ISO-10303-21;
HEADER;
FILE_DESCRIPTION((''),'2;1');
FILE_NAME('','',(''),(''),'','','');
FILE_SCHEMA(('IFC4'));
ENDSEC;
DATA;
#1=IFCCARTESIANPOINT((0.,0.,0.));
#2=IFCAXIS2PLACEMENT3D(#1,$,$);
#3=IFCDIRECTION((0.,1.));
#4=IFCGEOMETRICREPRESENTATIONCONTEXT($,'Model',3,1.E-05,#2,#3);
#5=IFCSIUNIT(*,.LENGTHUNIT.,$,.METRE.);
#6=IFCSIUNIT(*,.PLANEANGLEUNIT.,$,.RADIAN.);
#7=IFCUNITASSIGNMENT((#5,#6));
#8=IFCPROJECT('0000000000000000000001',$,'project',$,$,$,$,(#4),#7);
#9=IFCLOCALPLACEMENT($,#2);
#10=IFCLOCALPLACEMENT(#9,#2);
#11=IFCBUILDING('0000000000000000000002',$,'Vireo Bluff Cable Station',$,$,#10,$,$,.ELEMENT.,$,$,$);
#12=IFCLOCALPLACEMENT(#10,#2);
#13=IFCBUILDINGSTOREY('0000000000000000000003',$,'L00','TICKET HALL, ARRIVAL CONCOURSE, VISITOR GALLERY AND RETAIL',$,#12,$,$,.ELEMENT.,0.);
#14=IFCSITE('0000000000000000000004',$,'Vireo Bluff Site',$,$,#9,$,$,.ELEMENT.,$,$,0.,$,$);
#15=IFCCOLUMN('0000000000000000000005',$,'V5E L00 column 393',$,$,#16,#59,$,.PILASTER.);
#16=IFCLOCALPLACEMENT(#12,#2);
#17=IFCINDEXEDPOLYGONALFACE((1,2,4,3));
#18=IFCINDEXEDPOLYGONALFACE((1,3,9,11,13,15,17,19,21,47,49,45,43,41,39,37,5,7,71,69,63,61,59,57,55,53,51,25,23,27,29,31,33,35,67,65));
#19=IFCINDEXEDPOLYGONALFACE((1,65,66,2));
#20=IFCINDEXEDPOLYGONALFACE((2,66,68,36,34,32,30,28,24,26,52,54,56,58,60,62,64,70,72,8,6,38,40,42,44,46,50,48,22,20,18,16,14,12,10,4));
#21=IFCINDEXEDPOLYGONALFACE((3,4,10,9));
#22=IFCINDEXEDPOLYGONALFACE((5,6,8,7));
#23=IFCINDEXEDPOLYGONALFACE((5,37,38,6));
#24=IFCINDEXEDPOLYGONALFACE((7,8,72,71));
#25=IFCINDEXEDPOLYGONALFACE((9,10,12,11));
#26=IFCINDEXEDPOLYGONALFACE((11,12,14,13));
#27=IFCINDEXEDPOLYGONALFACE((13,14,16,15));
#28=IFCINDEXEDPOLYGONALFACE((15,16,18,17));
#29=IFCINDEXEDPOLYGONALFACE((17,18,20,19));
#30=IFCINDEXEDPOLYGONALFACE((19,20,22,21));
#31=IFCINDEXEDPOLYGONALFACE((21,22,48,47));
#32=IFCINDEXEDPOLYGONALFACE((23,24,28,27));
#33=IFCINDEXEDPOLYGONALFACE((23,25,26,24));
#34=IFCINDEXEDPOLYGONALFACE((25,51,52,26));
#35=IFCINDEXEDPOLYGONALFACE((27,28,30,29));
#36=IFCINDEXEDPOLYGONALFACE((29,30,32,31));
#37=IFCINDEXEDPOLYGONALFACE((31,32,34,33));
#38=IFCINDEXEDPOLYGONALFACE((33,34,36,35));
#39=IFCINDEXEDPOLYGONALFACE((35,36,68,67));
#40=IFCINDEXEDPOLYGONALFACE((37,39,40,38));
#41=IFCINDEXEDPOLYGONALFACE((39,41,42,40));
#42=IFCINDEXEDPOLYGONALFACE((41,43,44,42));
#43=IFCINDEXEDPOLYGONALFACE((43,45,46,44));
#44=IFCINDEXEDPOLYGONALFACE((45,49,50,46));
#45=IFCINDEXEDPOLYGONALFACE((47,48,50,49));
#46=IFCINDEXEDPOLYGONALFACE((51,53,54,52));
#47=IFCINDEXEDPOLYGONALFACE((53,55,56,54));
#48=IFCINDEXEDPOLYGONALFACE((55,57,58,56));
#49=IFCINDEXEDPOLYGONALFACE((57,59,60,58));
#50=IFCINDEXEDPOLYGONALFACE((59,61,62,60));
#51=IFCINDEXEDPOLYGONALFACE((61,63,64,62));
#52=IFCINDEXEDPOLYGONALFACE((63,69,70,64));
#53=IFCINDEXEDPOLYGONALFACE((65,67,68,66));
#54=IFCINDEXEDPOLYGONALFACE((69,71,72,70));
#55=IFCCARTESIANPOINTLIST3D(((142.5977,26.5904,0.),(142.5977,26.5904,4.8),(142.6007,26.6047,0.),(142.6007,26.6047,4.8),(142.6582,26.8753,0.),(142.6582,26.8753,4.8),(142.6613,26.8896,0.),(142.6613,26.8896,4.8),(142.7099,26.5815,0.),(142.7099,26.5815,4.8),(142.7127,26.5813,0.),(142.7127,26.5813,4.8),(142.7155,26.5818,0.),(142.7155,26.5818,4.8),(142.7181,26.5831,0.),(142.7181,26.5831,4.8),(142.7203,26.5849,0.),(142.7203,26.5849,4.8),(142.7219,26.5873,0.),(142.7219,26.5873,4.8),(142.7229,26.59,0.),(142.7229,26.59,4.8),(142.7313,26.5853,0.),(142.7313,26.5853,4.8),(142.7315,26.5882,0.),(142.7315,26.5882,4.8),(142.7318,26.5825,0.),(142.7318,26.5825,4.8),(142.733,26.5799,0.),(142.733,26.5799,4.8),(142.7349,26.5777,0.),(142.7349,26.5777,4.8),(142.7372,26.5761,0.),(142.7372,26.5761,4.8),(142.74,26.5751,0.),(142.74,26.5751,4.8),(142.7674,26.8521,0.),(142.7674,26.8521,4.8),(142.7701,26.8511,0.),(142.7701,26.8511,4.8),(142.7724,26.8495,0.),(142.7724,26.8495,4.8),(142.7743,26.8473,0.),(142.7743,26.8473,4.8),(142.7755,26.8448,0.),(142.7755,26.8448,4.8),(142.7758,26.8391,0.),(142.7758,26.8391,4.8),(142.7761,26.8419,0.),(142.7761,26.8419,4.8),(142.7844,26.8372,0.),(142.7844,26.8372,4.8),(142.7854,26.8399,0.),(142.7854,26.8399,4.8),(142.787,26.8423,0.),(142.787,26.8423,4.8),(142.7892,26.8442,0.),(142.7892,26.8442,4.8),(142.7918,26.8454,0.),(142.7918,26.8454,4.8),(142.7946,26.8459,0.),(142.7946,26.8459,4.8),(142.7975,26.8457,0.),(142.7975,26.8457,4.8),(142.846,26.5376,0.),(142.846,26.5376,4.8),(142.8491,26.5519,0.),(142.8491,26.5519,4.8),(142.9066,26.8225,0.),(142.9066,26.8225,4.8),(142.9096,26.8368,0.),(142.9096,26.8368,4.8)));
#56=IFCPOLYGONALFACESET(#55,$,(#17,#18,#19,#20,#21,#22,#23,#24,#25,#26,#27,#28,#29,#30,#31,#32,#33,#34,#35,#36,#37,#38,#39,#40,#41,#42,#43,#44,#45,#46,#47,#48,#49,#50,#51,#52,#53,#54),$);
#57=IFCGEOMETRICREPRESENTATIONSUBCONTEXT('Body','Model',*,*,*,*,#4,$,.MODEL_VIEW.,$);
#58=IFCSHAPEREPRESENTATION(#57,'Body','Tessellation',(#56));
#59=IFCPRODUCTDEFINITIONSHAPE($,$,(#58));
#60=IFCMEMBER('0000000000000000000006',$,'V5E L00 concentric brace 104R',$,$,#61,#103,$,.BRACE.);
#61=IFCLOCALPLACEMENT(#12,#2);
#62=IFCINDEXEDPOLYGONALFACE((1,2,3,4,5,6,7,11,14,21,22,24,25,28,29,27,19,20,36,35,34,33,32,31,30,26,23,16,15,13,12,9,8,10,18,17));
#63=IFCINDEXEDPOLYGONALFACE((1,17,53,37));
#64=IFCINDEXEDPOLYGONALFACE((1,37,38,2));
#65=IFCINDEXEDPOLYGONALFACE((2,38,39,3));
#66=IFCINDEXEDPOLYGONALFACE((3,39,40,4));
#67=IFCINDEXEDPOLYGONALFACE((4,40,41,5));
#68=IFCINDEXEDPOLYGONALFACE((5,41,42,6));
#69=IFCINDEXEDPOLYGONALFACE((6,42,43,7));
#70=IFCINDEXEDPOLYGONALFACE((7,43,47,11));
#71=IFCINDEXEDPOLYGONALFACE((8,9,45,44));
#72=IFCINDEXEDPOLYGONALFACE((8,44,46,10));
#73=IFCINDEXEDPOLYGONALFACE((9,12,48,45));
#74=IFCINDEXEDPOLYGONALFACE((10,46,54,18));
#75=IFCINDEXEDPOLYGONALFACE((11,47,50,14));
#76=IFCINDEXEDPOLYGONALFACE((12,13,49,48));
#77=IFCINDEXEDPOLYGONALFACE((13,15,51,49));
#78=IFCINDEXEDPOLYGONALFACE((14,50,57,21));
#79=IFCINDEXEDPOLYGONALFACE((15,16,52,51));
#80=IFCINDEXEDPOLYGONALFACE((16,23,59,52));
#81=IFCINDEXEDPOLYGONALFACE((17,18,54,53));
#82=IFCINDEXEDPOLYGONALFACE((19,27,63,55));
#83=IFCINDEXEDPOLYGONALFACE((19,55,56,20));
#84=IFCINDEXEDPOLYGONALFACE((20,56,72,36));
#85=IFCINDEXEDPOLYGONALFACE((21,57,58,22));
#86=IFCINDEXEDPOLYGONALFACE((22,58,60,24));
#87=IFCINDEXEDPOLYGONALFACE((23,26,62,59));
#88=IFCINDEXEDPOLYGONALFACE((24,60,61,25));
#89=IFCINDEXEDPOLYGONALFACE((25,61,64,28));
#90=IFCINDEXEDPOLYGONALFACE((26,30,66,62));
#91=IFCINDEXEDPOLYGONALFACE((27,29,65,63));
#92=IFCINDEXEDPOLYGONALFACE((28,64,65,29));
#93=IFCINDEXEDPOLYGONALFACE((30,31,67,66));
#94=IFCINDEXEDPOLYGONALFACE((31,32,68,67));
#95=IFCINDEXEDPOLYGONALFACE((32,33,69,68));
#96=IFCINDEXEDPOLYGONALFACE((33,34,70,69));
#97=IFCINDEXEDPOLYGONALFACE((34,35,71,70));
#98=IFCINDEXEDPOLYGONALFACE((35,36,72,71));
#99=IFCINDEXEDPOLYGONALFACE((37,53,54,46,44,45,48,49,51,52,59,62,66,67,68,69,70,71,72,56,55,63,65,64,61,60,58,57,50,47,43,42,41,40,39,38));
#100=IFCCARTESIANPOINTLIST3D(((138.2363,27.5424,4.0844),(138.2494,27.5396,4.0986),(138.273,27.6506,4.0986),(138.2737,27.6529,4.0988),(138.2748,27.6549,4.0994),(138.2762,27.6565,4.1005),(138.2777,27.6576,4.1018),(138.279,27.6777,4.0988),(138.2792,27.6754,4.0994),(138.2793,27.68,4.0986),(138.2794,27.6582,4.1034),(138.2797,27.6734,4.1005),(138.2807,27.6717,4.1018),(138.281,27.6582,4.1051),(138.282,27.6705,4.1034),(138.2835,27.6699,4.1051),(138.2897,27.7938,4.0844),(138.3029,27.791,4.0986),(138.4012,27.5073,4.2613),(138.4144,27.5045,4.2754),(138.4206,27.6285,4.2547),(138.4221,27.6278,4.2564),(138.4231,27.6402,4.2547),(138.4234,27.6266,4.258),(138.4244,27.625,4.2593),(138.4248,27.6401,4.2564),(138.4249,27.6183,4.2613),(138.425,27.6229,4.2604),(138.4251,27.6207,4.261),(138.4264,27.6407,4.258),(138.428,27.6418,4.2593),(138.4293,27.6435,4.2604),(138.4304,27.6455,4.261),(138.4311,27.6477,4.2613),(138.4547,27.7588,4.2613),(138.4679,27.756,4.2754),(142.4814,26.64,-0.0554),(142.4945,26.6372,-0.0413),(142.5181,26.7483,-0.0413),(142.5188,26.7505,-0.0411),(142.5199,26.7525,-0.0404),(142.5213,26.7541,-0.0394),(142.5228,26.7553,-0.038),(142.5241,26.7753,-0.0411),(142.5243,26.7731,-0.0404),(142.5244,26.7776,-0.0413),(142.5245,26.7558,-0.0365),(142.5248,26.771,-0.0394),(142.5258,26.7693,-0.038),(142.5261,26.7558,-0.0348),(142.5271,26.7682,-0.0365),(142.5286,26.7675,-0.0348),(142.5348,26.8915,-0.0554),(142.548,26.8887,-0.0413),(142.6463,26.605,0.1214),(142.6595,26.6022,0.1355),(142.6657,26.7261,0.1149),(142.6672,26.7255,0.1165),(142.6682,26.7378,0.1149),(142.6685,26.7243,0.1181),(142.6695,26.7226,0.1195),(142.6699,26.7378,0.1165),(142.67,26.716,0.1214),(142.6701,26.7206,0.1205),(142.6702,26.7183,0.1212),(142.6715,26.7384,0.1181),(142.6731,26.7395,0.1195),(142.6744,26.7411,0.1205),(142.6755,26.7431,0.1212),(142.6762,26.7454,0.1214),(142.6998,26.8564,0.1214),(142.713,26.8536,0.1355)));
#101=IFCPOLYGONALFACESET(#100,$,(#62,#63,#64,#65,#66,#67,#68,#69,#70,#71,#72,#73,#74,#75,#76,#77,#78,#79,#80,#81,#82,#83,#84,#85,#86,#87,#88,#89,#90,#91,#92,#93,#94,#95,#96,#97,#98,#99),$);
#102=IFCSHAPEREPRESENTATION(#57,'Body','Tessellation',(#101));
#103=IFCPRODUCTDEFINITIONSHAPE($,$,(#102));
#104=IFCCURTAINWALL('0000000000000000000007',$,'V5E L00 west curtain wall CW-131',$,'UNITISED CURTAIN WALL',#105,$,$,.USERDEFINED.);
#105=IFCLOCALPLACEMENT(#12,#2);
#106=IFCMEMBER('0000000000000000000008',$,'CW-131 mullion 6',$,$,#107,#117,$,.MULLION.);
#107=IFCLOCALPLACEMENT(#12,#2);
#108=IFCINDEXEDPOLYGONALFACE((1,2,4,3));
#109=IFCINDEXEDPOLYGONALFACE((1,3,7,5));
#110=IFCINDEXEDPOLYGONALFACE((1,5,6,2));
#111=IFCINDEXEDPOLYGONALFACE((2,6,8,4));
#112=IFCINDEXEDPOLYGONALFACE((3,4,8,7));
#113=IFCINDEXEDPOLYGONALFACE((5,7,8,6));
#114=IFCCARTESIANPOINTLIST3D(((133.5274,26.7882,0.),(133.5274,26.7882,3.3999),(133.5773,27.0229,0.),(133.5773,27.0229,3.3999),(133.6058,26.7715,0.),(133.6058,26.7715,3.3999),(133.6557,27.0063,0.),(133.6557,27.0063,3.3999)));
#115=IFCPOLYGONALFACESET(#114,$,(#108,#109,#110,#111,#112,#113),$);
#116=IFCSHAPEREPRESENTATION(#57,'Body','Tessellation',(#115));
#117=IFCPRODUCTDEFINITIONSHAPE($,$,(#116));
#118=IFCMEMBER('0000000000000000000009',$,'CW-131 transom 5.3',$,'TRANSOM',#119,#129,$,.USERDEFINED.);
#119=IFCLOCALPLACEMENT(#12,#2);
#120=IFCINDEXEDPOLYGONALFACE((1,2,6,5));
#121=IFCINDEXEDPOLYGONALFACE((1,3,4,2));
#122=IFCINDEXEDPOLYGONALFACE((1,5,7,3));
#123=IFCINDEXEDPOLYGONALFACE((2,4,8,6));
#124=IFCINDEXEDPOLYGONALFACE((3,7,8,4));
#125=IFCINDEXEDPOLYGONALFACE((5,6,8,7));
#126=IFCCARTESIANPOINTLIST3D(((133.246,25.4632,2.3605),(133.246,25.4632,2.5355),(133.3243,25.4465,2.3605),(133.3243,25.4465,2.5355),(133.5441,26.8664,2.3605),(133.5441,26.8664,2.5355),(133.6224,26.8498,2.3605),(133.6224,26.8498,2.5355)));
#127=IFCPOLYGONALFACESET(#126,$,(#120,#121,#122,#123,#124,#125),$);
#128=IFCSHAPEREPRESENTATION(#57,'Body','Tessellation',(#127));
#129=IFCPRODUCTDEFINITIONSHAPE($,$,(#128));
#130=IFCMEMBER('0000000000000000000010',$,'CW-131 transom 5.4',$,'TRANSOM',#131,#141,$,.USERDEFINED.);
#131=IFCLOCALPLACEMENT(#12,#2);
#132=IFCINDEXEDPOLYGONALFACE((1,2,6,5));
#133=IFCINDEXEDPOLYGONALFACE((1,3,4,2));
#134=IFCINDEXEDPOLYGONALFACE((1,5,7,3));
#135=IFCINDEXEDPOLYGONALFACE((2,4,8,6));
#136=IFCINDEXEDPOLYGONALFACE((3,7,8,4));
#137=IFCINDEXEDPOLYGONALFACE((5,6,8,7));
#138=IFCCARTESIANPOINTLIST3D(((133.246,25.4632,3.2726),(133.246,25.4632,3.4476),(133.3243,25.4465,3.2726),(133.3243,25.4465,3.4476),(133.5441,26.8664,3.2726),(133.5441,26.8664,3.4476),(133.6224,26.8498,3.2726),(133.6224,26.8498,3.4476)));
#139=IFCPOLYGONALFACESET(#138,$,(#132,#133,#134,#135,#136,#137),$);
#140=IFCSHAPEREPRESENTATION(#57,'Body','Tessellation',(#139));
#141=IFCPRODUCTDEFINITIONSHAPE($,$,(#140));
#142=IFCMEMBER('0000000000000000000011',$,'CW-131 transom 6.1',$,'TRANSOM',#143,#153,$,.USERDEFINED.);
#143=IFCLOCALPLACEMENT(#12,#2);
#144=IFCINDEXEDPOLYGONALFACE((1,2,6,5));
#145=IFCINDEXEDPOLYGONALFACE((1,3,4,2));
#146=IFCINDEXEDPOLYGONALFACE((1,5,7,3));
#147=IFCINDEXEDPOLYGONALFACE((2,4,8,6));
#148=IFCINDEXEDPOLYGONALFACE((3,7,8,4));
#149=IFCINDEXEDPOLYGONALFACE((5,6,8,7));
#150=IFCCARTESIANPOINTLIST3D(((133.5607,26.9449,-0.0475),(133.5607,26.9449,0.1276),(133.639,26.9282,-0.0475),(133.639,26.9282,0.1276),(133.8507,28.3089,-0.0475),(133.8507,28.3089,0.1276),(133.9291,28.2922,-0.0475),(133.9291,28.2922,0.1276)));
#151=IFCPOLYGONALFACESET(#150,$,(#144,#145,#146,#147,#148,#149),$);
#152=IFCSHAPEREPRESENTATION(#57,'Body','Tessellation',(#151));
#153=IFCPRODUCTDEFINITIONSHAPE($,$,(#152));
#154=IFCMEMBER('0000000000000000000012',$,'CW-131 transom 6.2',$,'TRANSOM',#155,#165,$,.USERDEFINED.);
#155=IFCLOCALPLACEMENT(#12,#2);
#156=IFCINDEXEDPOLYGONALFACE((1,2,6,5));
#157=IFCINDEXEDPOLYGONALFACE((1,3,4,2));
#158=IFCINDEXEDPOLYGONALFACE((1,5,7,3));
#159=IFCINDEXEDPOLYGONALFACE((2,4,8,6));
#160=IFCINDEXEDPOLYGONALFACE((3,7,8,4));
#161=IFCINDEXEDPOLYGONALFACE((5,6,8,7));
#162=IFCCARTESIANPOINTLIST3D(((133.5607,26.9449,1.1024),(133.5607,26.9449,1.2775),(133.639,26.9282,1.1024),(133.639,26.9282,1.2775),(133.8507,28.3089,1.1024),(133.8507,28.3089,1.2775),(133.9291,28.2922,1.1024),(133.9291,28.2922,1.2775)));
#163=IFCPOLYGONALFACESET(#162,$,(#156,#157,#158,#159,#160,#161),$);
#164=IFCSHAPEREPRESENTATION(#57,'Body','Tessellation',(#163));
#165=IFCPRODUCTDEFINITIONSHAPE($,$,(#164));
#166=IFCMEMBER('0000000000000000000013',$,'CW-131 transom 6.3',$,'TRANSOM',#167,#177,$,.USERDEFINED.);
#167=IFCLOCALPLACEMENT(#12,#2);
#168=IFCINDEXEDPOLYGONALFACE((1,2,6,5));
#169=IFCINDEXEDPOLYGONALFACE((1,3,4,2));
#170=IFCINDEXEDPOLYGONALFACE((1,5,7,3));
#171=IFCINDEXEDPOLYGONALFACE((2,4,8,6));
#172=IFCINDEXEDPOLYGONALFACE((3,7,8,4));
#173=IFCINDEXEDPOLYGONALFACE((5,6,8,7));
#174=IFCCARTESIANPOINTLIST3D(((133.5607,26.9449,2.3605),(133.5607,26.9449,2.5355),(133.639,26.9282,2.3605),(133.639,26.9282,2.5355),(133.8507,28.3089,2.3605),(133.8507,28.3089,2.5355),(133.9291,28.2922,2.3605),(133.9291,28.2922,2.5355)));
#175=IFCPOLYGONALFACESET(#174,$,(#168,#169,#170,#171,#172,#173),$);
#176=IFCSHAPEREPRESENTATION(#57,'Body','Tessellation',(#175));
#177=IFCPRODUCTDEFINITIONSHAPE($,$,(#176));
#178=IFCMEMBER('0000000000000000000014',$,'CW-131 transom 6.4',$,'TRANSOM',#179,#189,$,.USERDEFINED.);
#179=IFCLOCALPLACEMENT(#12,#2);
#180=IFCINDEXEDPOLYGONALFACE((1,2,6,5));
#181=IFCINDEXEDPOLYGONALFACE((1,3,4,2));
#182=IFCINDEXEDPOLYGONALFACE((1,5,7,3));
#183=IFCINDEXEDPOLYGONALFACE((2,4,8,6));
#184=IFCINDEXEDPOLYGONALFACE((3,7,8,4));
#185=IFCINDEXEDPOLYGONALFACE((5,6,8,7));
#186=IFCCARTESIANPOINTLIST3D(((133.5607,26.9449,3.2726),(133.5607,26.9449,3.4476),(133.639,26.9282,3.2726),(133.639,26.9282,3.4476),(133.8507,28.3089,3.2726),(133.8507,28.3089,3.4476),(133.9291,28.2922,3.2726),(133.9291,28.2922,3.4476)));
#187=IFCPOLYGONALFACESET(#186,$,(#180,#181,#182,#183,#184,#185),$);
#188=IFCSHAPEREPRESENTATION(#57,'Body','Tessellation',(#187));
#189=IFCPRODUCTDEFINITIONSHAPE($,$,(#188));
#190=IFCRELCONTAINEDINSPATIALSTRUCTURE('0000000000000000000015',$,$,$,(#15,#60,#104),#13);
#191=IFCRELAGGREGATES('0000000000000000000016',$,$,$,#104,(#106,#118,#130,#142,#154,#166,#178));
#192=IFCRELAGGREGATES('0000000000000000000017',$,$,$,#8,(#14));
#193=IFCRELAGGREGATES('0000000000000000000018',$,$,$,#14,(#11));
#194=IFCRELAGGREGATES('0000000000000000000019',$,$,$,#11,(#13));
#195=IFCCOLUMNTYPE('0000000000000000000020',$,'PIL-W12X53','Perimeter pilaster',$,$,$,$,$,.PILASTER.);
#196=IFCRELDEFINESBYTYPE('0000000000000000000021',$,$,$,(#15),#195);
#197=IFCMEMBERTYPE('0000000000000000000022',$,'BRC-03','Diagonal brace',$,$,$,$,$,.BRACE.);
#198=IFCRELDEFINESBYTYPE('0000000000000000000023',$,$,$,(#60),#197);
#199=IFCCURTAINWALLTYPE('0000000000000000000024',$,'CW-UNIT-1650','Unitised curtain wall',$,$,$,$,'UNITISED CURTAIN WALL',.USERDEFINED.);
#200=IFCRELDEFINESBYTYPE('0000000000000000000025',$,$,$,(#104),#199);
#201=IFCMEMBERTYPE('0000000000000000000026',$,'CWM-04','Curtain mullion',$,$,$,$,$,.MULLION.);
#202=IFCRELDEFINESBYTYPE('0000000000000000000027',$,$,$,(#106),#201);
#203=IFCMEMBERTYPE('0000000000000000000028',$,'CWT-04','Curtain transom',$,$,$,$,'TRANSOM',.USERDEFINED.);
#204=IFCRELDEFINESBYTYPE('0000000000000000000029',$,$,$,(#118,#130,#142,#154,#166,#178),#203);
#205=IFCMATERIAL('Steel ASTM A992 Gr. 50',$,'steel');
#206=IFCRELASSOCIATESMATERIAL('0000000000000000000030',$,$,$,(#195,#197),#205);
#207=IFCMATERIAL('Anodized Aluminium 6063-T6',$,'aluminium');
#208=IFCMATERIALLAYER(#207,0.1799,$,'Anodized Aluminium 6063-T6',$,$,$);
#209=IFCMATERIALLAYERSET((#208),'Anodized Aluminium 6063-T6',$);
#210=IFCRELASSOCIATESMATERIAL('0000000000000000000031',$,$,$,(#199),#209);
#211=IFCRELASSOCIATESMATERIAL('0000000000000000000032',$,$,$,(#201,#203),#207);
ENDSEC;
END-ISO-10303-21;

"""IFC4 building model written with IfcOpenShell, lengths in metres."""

from ifc_helpers import new_model, si_unit, direction, frame, origin, origin_2d, place, context, subcontext, project, spatial, rectangle, i_section, extrude, material, layer, layer_set, material_profile, profile_set, type_object, element, aggregate, save


model = new_model("IFC4")

# Units and contexts
model_context = context("Model", 3, precision=1e-05, world=origin(), true_north=direction((0.0, 1.0)))
body_context = subcontext(model_context, "Body", "Model", "MODEL_VIEW")
ifc_project = project(units=[si_unit("LENGTHUNIT", "METRE"), si_unit("PLANEANGLEUNIT", "RADIAN")], contexts=[model_context])

# Site, building, storey
site_placement = place(None, origin())
site = spatial("IfcSite", under=ifc_project, at=site_placement, Name="Vireo Bluff Site", CompositionType="ELEMENT", RefElevation=0.0)
building_placement = place(site_placement, origin())
building = spatial("IfcBuilding", under=site, at=building_placement, Name="Vireo Bluff Cable Station", CompositionType="ELEMENT")
storey_placement = place(building_placement, origin())
storey = spatial("IfcBuildingStorey", under=building, at=storey_placement, Name="L00", Description="TICKET HALL, ARRIVAL CONCOURSE, VISITOR GALLERY AND RETAIL", CompositionType="ELEMENT", Elevation=0.0)

# Column
ifc_material_1 = material(Name="Steel ASTM A992 Gr. 50", Category="steel")
ifc_material_profile_1 = material_profile(ifc_material_1, i_section(OverallWidth=0.2539, OverallDepth=0.3059, WebThickness=0.0088, FlangeThickness=0.0146, FilletRadius=0.011, at=origin_2d()), Name="W12X53")
ifc_profile_set_1 = profile_set([ifc_material_profile_1], Name="Steel ASTM A992 Gr. 50")
column_type = type_object("IfcColumnType", Name="PIL-W12X53", Description="Perimeter pilaster", PredefinedType="PILASTER", material=ifc_profile_set_1)
column_placement = place(storey_placement, frame((142.7537, 26.7136, 0.0), z_axis=(0.0, 0.0, 1.0), x_axis=(0.978148, -0.207912, 0.0)))
element("IfcColumn", 1, at=column_placement, inside=storey, type_object=column_type, Name="V5E L00 column 393", PredefinedType="PILASTER", context=body_context, shape_type="SweptSolid", body=[
    extrude(i_section(OverallWidth=0.2539, OverallDepth=0.3059, WebThickness=0.0088, FlangeThickness=0.0146, FilletRadius=0.011, at=origin_2d()), origin(), (0.0, 0.0, 1.0), 4.8),
])

# Member
ifc_material_profile_2 = material_profile(ifc_material_1, i_section(OverallWidth=0.2571, OverallDepth=0.2639, WebThickness=0.012, FlangeThickness=0.0195, FilletRadius=0.009, at=origin_2d()), Name="W10X68")
ifc_profile_set_2 = profile_set([ifc_material_profile_2], Name="Steel ASTM A992 Gr. 50")
member_type_1 = type_object("IfcMemberType", Name="BRC-03", Description="Diagonal brace", PredefinedType="BRACE", material=ifc_profile_set_2)
member_1_placement = place(storey_placement, frame((142.5972, 26.7468, 0.04), z_axis=(-0.707776, 0.150445, 0.690232), x_axis=(-0.207915, -0.978147, 0.0)))
element("IfcMember", 2, at=member_1_placement, inside=storey, type_object=member_type_1, Name="V5E L00 concentric brace 104R", PredefinedType="BRACE", context=body_context, shape_type="SweptSolid", body=[
    extrude(i_section(OverallWidth=0.2571, OverallDepth=0.2639, WebThickness=0.012, FlangeThickness=0.0195, FilletRadius=0.009, at=origin_2d()), origin(), (0.0, 0.0, 1.0), 5.9978),
])

# Curtain wall, members
ifc_material_2 = material(Name="Anodized Aluminium 6063-T6", Category="aluminium")
ifc_layer_1 = layer(ifc_material_2, 0.1799, Name="Anodized Aluminium 6063-T6")
ifc_layer_set_1 = layer_set([ifc_layer_1], Name="Anodized Aluminium 6063-T6")
curtain_wall_type = type_object("IfcCurtainWallType", Name="CW-UNIT-1650", Description="Unitised curtain wall", ElementType="UNITISED CURTAIN WALL", PredefinedType="USERDEFINED", material=ifc_layer_set_1)
curtain_wall_placement = place(storey_placement, origin())
curtain_wall = element("IfcCurtainWall", 3, at=curtain_wall_placement, inside=storey, type_object=curtain_wall_type, Name="V5E L00 west curtain wall CW-131", ObjectType="UNITISED CURTAIN WALL", PredefinedType="USERDEFINED")
ifc_material_profile_3 = material_profile(ifc_material_2, rectangle(XDim=0.0801, YDim=0.24, at=origin_2d()), Name="ALU-M-80X240")
ifc_profile_set_3 = profile_set([ifc_material_profile_3], Name="Anodized Aluminium 6063-T6")
member_type_2 = type_object("IfcMemberType", Name="CWM-04", Description="Curtain mullion", PredefinedType="MULLION", material=ifc_profile_set_3)
member_2_placement = place(storey_placement, frame((133.5916, 26.8972, 0.0), z_axis=(0.0, 0.0, 1.0), x_axis=(-0.978148, 0.207912, 0.0)))
member_2 = element("IfcMember", 4, at=member_2_placement, type_object=member_type_2, Name="CW-131 mullion 6", PredefinedType="MULLION", context=body_context, shape_type="SweptSolid", body=[
    extrude(rectangle(XDim=0.0801, YDim=0.24, at=origin_2d()), origin(), (0.0, 0.0, 1.0), 3.3999),
])
ifc_material_profile_4 = material_profile(ifc_material_2, rectangle(XDim=0.0801, YDim=0.175, at=origin_2d()), Name="ALU-T-80X175")
ifc_profile_set_4 = profile_set([ifc_material_profile_4], Name="Anodized Aluminium 6063-T6")
member_type_3 = type_object("IfcMemberType", Name="CWT-04", Description="Curtain transom", ElementType="TRANSOM", PredefinedType="USERDEFINED", material=ifc_profile_set_4)
member_3_placement = place(storey_placement, frame((133.2852, 25.4548, 2.448), z_axis=(0.207785, 0.978174, 0.0), x_axis=(-0.978174, 0.207785, 0.0)))
member_3 = element("IfcMember", 5, at=member_3_placement, type_object=member_type_3, Name="CW-131 transom 5.3", ObjectType="TRANSOM", PredefinedType="USERDEFINED", context=body_context, shape_type="SweptSolid", body=[
    extrude(rectangle(XDim=0.0801, YDim=0.175, at=origin_2d()), origin(), (0.0, 0.0, 1.0), 1.4346),
])
member_4_placement = place(storey_placement, frame((133.2852, 25.4548, 3.3601), z_axis=(0.207785, 0.978174, 0.0), x_axis=(-0.978174, 0.207785, 0.0)))
member_4 = element("IfcMember", 6, at=member_4_placement, type_object=member_type_3, Name="CW-131 transom 5.4", ObjectType="TRANSOM", PredefinedType="USERDEFINED", context=body_context, shape_type="SweptSolid", body=[
    extrude(rectangle(XDim=0.0801, YDim=0.175, at=origin_2d()), origin(), (0.0, 0.0, 1.0), 1.4346),
])
member_5_placement = place(storey_placement, frame((133.5999, 26.9365, 0.04), z_axis=(0.207986, 0.978132, 0.0), x_axis=(-0.978132, 0.207986, 0.0)))
member_5 = element("IfcMember", 7, at=member_5_placement, type_object=member_type_3, Name="CW-131 transom 6.1", ObjectType="TRANSOM", PredefinedType="USERDEFINED", context=body_context, shape_type="SweptSolid", body=[
    extrude(rectangle(XDim=0.0801, YDim=0.175, at=origin_2d()), origin(), (0.0, 0.0, 1.0), 1.3945),
])
member_6_placement = place(storey_placement, frame((133.5999, 26.9365, 1.1899), z_axis=(0.207986, 0.978132, 0.0), x_axis=(-0.978132, 0.207986, 0.0)))
member_6 = element("IfcMember", 8, at=member_6_placement, type_object=member_type_3, Name="CW-131 transom 6.2", ObjectType="TRANSOM", PredefinedType="USERDEFINED", context=body_context, shape_type="SweptSolid", body=[
    extrude(rectangle(XDim=0.0801, YDim=0.175, at=origin_2d()), origin(), (0.0, 0.0, 1.0), 1.3945),
])
member_7_placement = place(storey_placement, frame((133.5999, 26.9365, 2.448), z_axis=(0.207986, 0.978132, 0.0), x_axis=(-0.978132, 0.207986, 0.0)))
member_7 = element("IfcMember", 9, at=member_7_placement, type_object=member_type_3, Name="CW-131 transom 6.3", ObjectType="TRANSOM", PredefinedType="USERDEFINED", context=body_context, shape_type="SweptSolid", body=[
    extrude(rectangle(XDim=0.0801, YDim=0.175, at=origin_2d()), origin(), (0.0, 0.0, 1.0), 1.3945),
])
member_8_placement = place(storey_placement, frame((133.5999, 26.9365, 3.3601), z_axis=(0.207986, 0.978132, 0.0), x_axis=(-0.978132, 0.207986, 0.0)))
member_8 = element("IfcMember", 10, at=member_8_placement, type_object=member_type_3, Name="CW-131 transom 6.4", ObjectType="TRANSOM", PredefinedType="USERDEFINED", context=body_context, shape_type="SweptSolid", body=[
    extrude(rectangle(XDim=0.0801, YDim=0.175, at=origin_2d()), origin(), (0.0, 0.0, 1.0), 1.3945),
])

aggregate(curtain_wall, [member_2, member_3, member_4, member_5, member_6, member_7, member_8])

save(model, "model.ifc")
